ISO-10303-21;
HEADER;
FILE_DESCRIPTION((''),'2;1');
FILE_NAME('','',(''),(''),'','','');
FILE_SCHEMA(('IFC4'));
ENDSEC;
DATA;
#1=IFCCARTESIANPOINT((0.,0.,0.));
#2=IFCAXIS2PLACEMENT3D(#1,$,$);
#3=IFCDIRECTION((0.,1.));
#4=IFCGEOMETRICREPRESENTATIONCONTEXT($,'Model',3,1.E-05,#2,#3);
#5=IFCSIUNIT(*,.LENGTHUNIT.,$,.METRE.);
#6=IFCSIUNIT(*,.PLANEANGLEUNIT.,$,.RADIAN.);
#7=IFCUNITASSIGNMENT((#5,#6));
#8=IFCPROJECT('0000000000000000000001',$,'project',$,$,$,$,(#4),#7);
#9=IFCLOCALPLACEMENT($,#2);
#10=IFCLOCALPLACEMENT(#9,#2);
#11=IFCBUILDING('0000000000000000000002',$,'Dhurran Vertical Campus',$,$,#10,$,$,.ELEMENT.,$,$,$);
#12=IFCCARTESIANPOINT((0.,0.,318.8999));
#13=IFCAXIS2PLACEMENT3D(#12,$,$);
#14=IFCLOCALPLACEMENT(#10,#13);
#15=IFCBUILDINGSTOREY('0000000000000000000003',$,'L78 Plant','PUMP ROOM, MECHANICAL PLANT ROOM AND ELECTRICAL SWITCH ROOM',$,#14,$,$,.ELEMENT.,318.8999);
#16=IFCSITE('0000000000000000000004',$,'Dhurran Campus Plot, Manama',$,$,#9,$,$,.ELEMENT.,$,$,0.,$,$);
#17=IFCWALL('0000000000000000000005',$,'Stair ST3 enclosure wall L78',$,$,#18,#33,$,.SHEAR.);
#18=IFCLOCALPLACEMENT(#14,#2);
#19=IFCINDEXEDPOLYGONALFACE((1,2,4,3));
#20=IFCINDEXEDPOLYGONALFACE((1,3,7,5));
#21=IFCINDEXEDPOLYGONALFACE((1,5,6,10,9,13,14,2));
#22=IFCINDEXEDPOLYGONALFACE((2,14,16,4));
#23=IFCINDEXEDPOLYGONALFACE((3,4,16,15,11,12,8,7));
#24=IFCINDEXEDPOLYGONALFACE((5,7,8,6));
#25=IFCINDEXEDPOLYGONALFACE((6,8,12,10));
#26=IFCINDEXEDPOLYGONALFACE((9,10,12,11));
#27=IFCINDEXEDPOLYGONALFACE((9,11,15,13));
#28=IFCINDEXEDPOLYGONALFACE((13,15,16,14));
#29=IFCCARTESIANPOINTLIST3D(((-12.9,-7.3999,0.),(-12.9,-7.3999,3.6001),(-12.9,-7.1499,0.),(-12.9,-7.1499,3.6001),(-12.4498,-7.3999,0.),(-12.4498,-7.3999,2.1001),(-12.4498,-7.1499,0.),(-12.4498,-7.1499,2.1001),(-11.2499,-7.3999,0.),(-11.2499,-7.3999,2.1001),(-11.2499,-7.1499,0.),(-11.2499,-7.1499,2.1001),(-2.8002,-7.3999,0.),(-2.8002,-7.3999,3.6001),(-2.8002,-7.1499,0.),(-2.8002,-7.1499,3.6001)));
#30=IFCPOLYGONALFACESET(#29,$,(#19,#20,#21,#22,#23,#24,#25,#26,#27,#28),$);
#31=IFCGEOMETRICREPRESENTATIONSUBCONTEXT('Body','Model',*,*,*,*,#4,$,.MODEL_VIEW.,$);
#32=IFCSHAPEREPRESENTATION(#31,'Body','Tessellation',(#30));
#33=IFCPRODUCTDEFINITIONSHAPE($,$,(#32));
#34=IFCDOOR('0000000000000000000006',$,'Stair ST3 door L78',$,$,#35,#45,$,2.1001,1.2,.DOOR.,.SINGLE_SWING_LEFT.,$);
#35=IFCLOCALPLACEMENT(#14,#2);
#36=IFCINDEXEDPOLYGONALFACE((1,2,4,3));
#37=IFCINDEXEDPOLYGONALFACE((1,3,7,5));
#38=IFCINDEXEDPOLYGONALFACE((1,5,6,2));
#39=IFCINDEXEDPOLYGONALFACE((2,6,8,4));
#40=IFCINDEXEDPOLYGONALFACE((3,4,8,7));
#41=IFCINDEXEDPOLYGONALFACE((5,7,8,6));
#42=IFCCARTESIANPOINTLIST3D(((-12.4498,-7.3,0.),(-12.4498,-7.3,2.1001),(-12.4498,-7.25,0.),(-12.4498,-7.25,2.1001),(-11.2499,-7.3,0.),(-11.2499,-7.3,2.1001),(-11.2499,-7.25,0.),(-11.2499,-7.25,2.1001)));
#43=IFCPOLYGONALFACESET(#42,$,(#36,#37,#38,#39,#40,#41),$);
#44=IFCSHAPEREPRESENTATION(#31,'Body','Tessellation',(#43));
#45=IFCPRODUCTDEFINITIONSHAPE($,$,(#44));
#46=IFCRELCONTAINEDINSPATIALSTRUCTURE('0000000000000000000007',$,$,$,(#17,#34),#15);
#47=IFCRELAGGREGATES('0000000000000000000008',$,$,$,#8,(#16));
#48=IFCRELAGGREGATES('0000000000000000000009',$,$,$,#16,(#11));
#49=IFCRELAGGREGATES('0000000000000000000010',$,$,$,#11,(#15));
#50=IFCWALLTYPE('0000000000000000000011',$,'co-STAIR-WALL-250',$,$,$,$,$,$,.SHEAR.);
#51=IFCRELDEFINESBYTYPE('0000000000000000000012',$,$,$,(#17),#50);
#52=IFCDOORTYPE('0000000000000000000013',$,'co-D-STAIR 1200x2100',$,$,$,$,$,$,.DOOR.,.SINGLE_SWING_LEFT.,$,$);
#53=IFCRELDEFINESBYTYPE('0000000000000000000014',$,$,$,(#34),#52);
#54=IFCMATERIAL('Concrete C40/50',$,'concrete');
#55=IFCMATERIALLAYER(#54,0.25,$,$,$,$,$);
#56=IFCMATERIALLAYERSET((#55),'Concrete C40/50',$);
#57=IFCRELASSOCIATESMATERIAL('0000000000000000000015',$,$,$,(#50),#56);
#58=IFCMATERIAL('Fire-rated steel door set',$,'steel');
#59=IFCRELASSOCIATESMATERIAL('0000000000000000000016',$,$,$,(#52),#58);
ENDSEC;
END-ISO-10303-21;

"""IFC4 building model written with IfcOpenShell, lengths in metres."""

from ifc_helpers import new_model, si_unit, direction, frame, frame_2d, origin, place, context, subcontext, project, spatial, rectangle, extrude, material, layer, layer_set, type_object, element, fill, save


model = new_model("IFC4")

# Units and contexts
model_context = context("Model", 3, precision=1e-05, world=origin(), true_north=direction((0.0, 1.0)))
body_context = subcontext(model_context, "Body", "Model", "MODEL_VIEW")
ifc_project = project(units=[si_unit("LENGTHUNIT", "METRE"), si_unit("PLANEANGLEUNIT", "RADIAN")], contexts=[model_context])

# Site, building, storey
site_placement = place(None, origin())
site = spatial("IfcSite", under=ifc_project, at=site_placement, Name="Dhurran Campus Plot, Manama", CompositionType="ELEMENT", RefElevation=0.0)
building_placement = place(site_placement, origin())
building = spatial("IfcBuilding", under=site, at=building_placement, Name="Dhurran Vertical Campus", CompositionType="ELEMENT")
storey_placement = place(building_placement, frame((0.0, 0.0, 318.8999)))
storey = spatial("IfcBuildingStorey", under=building, at=storey_placement, Name="L78 Plant", Description="PUMP ROOM, MECHANICAL PLANT ROOM AND ELECTRICAL SWITCH ROOM", CompositionType="ELEMENT", Elevation=318.8999)

# Wall, opening, door
ifc_material_1 = material(Name="Concrete C40/50", Category="concrete")
ifc_layer_1 = layer(ifc_material_1, 0.25)
ifc_layer_set_1 = layer_set([ifc_layer_1], Name="Concrete C40/50")
wall_type_1 = type_object("IfcWallType", Name="co-STAIR-WALL-250", PredefinedType="SHEAR", material=ifc_layer_set_1)
wall_1_placement = place(storey_placement, frame((-12.8999, -7.2749, 0.0), z_axis=(0.0, 0.0, 1.0), x_axis=(1.0, 0.0, 0.0)))
wall_1 = element("IfcWall", 1, at=wall_1_placement, inside=storey, type_object=wall_type_1, Name="Stair ST3 enclosure wall L78", PredefinedType="SHEAR", context=body_context, shape_type="SweptSolid", body=[
    extrude(rectangle(XDim=10.0999, YDim=0.25, at=frame_2d((5.0498, 0.0))), origin(), (0.0, 0.0, 1.0), 3.6001),
])
opening_1_placement = place(wall_1_placement, frame((0.45, 0.0, 0.0)))
opening_1 = element("IfcOpeningElement", 2, at=opening_1_placement, cuts=wall_1, PredefinedType="OPENING", context=body_context, shape_type="SweptSolid", body=[
    extrude(rectangle(XDim=1.2, YDim=2.1001, at=frame_2d((0.6001, 1.05))), frame((0.0, 0.135, 0.0), z_axis=(0.0, -1.0, 0.0), x_axis=(1.0, 0.0, 0.0)), (0.0, 0.0, 1.0), 0.27),
])
ifc_material_2 = material(Name="Fire-rated steel door set", Category="steel")
door_type_1 = type_object("IfcDoorType", Name="co-D-STAIR 1200x2100", OperationType="SINGLE_SWING_LEFT", PredefinedType="DOOR", material=ifc_material_2)
door_1_placement = place(opening_1_placement, origin())
door_1 = element("IfcDoor", 3, at=door_1_placement, inside=storey, type_object=door_type_1, Name="Stair ST3 door L78", OperationType="SINGLE_SWING_LEFT", OverallHeight=2.1001, OverallWidth=1.2, PredefinedType="DOOR", context=body_context, shape_type="SweptSolid", body=[
    extrude(rectangle(XDim=1.2, YDim=2.1001, at=frame_2d((0.6001, 1.05))), frame((0.0, 0.0249, 0.0), z_axis=(0.0, -1.0, 0.0), x_axis=(1.0, 0.0, 0.0)), (0.0, 0.0, 1.0), 0.05),
])
fill(opening_1, door_1)

save(model, "model.ifc")
